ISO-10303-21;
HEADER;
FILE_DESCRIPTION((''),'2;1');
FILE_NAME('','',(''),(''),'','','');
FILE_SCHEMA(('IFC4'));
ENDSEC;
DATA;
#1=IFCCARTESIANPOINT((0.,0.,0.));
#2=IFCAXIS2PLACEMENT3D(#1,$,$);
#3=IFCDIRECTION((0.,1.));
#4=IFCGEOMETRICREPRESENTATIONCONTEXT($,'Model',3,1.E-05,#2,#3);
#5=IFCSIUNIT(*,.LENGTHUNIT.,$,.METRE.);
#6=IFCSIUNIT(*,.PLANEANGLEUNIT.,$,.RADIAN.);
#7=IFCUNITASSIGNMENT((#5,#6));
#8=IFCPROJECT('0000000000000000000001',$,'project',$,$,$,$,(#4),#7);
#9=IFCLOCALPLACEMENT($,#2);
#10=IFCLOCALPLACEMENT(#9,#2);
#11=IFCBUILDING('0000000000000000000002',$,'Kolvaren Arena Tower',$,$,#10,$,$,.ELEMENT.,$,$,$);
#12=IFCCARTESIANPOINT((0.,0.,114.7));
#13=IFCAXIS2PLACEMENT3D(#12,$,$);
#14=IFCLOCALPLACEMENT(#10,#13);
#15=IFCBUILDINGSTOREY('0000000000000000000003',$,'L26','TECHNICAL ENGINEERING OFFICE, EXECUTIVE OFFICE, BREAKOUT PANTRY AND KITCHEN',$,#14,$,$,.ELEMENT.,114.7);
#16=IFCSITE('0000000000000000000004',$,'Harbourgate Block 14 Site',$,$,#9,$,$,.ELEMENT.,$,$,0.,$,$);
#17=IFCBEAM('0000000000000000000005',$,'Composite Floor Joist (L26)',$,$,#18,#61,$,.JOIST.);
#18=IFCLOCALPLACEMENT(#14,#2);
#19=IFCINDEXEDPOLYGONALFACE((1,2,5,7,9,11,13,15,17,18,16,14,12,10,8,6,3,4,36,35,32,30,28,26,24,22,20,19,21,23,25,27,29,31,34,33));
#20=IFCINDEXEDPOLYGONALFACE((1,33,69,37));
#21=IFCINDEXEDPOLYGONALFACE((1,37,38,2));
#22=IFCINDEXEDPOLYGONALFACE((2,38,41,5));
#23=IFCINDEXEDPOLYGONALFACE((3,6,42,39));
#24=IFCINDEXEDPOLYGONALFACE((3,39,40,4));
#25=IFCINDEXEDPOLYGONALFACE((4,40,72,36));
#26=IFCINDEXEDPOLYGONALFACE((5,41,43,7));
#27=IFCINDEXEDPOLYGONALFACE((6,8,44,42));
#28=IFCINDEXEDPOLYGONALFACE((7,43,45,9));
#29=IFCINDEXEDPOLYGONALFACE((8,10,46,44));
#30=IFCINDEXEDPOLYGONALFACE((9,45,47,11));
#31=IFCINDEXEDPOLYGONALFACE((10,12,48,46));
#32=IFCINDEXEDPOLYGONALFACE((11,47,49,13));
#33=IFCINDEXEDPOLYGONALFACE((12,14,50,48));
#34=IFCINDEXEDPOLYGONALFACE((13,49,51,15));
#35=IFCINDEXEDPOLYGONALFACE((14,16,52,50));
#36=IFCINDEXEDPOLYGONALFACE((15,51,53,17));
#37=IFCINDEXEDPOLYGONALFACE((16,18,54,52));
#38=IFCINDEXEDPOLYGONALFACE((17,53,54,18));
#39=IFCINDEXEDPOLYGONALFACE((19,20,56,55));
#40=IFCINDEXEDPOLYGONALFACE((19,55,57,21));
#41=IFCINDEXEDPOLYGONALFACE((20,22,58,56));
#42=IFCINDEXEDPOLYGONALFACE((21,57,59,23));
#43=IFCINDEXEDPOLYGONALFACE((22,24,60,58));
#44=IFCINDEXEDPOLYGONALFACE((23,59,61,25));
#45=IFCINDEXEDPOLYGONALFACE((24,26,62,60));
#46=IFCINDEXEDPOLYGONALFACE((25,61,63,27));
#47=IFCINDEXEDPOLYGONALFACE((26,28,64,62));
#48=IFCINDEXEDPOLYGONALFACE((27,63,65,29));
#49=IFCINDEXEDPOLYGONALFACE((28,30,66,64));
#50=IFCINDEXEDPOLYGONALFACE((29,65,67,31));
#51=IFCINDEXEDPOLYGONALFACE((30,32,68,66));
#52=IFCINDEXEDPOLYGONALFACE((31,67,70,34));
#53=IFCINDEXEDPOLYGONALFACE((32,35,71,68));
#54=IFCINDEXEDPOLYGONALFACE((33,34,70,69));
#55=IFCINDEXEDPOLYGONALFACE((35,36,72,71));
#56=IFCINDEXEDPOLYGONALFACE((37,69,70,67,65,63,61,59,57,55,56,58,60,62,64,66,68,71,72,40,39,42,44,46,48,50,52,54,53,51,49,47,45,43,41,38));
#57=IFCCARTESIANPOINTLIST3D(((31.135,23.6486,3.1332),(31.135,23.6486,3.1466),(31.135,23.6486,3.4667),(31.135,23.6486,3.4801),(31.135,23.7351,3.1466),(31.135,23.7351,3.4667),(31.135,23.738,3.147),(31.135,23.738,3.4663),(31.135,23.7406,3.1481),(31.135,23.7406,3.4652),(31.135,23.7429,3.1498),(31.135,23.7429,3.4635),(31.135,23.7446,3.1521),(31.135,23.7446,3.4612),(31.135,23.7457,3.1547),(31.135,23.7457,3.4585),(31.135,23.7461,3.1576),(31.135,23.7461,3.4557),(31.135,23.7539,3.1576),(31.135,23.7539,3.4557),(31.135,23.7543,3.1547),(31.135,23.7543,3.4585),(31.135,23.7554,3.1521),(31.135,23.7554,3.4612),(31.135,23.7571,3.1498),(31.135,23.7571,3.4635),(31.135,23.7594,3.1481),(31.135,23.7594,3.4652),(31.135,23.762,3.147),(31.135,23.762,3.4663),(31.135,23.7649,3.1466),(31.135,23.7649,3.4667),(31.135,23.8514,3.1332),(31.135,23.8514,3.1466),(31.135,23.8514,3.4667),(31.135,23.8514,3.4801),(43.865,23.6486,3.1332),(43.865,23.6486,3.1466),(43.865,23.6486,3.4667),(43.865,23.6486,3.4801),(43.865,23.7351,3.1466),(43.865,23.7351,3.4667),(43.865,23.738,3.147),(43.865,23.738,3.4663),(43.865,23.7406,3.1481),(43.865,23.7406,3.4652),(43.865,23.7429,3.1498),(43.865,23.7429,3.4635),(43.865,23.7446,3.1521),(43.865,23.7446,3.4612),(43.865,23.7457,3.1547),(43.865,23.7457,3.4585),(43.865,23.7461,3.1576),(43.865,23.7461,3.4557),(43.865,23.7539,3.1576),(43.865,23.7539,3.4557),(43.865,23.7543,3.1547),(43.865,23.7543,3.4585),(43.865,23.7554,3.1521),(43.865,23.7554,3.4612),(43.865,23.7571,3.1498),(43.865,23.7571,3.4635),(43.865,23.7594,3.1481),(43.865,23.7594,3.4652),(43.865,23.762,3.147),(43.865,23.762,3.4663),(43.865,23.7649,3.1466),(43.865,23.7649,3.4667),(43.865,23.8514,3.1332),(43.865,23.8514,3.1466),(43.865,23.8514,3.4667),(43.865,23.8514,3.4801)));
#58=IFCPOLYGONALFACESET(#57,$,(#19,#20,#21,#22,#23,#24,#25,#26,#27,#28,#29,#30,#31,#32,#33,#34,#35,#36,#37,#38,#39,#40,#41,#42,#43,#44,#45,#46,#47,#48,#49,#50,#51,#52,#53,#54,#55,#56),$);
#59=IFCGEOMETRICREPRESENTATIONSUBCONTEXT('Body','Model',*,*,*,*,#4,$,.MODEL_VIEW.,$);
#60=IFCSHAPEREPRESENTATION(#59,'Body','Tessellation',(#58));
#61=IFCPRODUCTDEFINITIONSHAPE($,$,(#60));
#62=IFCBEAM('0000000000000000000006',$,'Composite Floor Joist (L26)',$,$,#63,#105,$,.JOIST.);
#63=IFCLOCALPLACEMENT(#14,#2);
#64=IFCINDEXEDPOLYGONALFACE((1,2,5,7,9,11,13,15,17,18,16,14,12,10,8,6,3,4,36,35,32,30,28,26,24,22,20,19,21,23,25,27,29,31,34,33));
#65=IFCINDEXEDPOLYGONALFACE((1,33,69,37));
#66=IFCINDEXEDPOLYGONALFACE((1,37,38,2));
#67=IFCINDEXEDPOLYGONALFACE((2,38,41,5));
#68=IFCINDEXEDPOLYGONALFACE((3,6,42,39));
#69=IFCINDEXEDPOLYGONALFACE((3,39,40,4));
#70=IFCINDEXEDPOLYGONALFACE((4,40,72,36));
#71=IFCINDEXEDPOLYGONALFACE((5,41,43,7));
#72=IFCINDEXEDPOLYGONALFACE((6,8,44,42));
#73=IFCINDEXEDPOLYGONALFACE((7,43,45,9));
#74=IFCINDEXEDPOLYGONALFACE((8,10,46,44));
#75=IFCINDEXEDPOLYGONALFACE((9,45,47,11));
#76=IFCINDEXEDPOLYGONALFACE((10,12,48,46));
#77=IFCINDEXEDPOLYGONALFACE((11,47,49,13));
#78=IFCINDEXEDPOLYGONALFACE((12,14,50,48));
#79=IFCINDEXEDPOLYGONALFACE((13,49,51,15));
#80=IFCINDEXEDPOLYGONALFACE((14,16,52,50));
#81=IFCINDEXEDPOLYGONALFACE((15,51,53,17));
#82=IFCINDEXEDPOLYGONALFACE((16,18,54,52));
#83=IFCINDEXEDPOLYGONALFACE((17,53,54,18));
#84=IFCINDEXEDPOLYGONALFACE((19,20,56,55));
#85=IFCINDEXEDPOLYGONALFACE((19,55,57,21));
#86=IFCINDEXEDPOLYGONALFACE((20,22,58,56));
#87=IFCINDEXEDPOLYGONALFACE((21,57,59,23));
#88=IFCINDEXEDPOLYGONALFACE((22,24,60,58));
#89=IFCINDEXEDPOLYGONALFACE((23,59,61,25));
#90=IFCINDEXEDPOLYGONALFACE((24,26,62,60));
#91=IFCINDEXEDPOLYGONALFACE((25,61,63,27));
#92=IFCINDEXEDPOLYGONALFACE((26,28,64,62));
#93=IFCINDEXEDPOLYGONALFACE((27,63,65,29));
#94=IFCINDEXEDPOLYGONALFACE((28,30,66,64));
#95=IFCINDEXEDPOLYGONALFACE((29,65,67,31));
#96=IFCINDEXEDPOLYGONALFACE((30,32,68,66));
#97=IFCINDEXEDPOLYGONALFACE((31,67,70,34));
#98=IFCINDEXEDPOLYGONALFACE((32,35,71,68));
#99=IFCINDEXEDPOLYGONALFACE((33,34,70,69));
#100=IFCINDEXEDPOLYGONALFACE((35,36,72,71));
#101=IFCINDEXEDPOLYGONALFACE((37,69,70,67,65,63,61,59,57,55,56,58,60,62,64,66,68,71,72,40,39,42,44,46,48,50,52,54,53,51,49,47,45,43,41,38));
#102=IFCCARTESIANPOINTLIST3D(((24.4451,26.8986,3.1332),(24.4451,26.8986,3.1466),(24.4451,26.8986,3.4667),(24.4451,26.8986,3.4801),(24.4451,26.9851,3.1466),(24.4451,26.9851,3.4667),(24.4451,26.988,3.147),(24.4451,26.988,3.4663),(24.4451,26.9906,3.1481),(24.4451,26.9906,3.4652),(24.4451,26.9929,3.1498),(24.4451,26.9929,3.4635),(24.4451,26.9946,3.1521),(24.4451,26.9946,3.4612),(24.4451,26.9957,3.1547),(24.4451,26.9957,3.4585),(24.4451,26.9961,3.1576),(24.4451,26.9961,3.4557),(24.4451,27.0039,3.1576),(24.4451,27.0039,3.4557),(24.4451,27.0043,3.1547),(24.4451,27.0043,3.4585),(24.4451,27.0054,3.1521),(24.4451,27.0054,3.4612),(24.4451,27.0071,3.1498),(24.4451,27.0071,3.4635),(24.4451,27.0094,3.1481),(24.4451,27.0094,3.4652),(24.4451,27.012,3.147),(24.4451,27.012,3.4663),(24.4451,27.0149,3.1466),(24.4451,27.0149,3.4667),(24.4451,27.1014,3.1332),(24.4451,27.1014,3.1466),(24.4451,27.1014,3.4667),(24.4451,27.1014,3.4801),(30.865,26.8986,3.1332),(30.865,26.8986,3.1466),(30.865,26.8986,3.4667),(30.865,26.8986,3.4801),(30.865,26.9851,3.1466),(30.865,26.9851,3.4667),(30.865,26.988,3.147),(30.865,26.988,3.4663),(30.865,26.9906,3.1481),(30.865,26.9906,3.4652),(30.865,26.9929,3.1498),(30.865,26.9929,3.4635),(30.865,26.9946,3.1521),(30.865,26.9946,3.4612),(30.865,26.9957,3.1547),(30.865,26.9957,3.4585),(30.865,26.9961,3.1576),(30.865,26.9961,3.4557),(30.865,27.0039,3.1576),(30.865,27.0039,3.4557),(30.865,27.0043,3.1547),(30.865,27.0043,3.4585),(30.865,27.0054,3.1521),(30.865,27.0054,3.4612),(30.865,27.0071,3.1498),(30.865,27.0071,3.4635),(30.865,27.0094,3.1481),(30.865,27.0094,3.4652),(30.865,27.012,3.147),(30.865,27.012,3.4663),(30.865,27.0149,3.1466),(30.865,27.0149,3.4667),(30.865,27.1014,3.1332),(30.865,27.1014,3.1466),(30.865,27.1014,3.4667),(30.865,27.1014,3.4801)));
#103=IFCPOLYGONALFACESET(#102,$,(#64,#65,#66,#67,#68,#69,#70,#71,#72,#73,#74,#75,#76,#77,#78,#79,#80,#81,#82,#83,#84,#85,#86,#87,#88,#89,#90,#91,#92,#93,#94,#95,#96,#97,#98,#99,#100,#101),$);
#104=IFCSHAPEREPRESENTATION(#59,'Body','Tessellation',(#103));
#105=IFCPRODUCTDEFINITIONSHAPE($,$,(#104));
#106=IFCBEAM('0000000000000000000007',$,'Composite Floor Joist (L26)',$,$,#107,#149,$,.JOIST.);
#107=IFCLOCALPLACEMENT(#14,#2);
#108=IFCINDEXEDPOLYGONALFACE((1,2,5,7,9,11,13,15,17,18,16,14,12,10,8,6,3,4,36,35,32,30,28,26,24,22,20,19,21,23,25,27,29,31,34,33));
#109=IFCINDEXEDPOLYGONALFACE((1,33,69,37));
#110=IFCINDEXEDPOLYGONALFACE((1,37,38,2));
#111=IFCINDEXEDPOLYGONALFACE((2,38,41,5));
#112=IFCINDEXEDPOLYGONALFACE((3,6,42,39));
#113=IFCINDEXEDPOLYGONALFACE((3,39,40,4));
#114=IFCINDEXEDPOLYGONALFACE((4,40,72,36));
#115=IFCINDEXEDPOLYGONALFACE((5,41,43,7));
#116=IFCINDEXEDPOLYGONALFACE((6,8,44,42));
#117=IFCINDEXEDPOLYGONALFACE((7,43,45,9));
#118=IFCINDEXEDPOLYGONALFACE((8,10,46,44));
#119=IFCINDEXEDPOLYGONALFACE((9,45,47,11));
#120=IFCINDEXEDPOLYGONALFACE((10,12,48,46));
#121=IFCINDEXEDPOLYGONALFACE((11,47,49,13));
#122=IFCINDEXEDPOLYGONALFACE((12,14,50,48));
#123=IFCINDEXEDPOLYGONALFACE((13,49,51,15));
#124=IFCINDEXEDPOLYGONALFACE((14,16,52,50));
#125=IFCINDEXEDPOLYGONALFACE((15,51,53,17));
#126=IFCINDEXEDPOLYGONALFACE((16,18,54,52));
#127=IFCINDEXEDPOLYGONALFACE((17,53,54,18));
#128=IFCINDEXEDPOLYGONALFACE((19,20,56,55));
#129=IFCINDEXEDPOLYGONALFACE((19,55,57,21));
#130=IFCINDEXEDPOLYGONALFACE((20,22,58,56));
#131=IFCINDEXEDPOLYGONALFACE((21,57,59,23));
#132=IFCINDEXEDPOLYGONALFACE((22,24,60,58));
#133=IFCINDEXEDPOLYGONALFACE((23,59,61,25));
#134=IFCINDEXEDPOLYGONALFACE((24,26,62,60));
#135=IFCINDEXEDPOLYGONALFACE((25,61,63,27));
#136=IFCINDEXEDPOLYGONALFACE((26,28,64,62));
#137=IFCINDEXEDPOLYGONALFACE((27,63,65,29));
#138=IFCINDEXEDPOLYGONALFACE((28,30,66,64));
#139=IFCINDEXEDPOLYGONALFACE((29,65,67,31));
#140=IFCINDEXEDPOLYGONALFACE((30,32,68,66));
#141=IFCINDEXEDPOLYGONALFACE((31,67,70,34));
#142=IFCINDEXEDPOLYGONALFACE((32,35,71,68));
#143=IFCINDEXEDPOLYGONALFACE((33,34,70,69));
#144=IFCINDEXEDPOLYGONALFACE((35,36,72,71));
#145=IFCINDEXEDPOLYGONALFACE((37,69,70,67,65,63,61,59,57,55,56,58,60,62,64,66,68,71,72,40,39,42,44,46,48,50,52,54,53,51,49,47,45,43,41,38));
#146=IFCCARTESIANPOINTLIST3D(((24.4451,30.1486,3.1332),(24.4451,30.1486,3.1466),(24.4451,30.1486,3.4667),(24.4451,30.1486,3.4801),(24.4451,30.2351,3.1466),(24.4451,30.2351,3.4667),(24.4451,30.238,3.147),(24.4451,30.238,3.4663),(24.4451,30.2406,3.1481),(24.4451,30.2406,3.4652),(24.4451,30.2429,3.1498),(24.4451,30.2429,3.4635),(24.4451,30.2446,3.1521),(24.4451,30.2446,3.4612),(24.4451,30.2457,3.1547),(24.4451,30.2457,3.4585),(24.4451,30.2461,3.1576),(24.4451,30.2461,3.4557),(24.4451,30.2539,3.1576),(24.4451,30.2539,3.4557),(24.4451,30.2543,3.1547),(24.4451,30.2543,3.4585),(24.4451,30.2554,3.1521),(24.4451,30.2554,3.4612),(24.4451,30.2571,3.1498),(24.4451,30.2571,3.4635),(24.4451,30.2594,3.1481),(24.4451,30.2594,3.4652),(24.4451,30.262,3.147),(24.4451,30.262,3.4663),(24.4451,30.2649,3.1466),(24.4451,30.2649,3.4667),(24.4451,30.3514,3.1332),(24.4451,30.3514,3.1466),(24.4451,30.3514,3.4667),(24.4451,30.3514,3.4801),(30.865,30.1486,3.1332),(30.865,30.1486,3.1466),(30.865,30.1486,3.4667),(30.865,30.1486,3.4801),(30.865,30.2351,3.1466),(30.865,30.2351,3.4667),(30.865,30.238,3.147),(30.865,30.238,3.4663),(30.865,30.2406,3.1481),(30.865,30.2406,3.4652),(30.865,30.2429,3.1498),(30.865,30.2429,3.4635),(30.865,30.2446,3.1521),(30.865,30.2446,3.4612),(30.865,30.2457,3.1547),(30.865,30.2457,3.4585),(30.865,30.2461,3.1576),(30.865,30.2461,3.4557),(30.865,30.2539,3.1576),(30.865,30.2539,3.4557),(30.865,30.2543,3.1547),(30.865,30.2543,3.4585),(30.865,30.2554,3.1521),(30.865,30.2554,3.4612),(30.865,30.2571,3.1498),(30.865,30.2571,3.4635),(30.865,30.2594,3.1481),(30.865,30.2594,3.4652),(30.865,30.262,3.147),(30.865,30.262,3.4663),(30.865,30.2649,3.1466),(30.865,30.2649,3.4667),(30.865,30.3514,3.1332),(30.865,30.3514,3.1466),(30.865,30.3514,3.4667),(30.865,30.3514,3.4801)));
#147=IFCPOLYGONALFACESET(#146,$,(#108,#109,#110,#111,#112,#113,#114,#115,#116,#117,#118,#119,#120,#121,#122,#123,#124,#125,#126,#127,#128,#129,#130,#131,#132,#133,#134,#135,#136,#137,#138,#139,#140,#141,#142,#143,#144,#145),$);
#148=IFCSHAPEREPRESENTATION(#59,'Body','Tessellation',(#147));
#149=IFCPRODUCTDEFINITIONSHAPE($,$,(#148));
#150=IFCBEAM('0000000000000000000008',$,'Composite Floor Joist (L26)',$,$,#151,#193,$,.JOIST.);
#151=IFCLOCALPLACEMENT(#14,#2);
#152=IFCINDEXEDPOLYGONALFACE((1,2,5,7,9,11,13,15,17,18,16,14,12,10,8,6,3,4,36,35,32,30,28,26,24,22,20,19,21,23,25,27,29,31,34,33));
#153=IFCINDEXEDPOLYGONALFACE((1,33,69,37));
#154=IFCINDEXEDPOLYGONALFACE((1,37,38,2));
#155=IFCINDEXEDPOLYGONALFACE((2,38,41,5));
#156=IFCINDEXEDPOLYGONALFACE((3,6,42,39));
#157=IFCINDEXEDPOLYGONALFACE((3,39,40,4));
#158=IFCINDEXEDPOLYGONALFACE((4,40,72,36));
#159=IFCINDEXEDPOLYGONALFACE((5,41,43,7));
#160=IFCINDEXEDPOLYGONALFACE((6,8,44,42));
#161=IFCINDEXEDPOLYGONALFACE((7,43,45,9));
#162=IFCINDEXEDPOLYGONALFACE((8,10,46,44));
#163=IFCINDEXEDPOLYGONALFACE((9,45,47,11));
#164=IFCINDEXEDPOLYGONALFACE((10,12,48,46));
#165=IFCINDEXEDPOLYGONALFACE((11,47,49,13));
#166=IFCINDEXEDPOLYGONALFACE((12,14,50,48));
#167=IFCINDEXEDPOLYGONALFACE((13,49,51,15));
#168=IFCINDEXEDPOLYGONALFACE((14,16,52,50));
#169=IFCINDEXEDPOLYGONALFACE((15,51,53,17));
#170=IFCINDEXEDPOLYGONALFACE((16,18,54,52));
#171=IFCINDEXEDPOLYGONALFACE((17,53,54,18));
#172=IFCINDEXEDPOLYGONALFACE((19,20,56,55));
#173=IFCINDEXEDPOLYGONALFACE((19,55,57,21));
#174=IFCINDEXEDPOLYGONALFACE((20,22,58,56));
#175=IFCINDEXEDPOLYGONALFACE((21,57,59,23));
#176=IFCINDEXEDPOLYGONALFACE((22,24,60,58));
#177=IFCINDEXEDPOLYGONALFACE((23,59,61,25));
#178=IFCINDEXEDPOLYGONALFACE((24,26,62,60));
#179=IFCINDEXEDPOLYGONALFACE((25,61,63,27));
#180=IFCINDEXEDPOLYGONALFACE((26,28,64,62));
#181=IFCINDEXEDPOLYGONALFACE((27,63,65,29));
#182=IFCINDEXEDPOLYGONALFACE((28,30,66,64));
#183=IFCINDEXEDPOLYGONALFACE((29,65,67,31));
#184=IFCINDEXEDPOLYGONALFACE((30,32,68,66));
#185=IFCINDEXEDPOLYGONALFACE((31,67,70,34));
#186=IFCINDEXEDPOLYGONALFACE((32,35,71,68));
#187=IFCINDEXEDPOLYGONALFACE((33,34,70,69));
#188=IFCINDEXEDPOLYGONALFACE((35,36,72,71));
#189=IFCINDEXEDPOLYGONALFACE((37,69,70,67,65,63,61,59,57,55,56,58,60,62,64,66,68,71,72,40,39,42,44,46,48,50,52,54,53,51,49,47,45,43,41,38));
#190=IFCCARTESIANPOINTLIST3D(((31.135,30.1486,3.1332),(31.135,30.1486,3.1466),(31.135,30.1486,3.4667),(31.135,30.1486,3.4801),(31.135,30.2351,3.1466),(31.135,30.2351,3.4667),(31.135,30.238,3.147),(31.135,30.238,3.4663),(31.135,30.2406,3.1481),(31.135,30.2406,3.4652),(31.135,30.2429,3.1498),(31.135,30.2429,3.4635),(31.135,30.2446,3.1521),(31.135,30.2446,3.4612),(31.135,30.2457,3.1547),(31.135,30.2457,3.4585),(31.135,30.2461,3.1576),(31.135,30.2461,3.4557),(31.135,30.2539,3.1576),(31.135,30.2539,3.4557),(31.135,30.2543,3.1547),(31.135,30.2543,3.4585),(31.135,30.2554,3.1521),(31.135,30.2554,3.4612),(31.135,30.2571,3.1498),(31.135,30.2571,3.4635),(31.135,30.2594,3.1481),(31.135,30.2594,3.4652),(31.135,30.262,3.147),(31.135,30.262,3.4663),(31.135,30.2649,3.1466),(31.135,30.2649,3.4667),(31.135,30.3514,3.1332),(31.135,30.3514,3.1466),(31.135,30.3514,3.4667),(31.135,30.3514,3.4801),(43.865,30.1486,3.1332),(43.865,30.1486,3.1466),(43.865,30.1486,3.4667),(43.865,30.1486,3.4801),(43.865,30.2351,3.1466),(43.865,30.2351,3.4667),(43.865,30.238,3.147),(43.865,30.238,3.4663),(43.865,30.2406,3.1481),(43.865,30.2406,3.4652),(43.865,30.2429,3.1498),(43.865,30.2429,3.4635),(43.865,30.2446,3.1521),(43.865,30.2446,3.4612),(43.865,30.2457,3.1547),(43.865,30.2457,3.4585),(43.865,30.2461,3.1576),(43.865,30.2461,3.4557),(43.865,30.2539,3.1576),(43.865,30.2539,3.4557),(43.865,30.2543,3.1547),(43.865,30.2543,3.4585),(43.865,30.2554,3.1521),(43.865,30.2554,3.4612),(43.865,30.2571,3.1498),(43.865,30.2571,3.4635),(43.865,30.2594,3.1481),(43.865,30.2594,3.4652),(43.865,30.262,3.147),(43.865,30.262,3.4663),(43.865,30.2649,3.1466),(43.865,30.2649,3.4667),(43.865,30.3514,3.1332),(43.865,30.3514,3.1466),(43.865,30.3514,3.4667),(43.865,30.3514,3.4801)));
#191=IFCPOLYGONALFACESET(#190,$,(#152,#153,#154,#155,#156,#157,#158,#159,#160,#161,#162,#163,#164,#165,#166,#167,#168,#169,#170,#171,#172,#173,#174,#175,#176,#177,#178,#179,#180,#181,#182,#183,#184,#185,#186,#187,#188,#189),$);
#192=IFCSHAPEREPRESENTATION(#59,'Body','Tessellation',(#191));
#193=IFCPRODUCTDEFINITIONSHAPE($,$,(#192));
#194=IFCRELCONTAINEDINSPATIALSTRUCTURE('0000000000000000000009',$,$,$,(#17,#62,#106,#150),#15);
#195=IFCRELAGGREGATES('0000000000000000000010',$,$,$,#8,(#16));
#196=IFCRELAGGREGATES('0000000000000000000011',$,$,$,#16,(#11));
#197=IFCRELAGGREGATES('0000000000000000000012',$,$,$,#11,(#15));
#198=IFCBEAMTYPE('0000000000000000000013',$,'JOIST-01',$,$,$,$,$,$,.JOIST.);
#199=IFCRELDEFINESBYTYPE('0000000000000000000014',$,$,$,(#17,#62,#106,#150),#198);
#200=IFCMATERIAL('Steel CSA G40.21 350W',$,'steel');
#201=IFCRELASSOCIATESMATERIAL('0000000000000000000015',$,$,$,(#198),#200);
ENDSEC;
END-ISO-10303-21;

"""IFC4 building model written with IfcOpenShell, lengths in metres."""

from ifc_helpers import new_model, si_unit, direction, frame, origin, origin_2d, place, context, subcontext, project, spatial, i_section, extrude, material, material_profile, profile_set, type_object, element, save


model = new_model("IFC4")

# Units and contexts
model_context = context("Model", 3, precision=1e-05, world=origin(), true_north=direction((0.0, 1.0)))
body_context = subcontext(model_context, "Body", "Model", "MODEL_VIEW")
ifc_project = project(units=[si_unit("LENGTHUNIT", "METRE"), si_unit("PLANEANGLEUNIT", "RADIAN")], contexts=[model_context])

# Site, building, storey
site_placement = place(None, origin())
site = spatial("IfcSite", under=ifc_project, at=site_placement, Name="Harbourgate Block 14 Site", CompositionType="ELEMENT", RefElevation=0.0)
building_placement = place(site_placement, origin())
building = spatial("IfcBuilding", under=site, at=building_placement, Name="Kolvaren Arena Tower", CompositionType="ELEMENT")
storey_placement = place(building_placement, frame((0.0, 0.0, 114.7)))
storey = spatial("IfcBuildingStorey", under=building, at=storey_placement, Name="L26", Description="TECHNICAL ENGINEERING OFFICE, EXECUTIVE OFFICE, BREAKOUT PANTRY AND KITCHEN", CompositionType="ELEMENT", Elevation=114.7)

# Beams
ifc_material_1 = material(Name="Steel CSA G40.21 350W", Category="steel")
ifc_material_profile_1 = material_profile(ifc_material_1, i_section(OverallWidth=0.2029, OverallDepth=0.3469, WebThickness=0.0078, FlangeThickness=0.0134, FilletRadius=0.011, at=origin_2d()), Name="W360x64")
ifc_profile_set_1 = profile_set([ifc_material_profile_1], Name="Steel CSA G40.21 350W")
beam_type_1 = type_object("IfcBeamType", Name="JOIST-01", PredefinedType="JOIST", material=ifc_profile_set_1)
beam_1_placement = place(storey_placement, frame((31.135, 23.75, 3.3066), z_axis=(1.0, 0.0, 0.0), x_axis=(0.0, 1.0, 0.0)))
element("IfcBeam", 1, at=beam_1_placement, inside=storey, type_object=beam_type_1, Name="Composite Floor Joist (L26)", PredefinedType="JOIST", context=body_context, shape_type="SweptSolid", body=[
    extrude(i_section(OverallWidth=0.2029, OverallDepth=0.3469, WebThickness=0.0078, FlangeThickness=0.0134, FilletRadius=0.011, at=origin_2d()), origin(), (0.0, 0.0, 1.0), 12.73),
])
for number, where, z_axis, x_axis, name in (
    (2, (24.4451, 27.0, 3.3066), (1.0, 0.0, 0.0), (0.0, 1.0, 0.0), "Composite Floor Joist (L26)"),
    (3, (24.4451, 30.25, 3.3066), (1.0, 0.0, 0.0), (0.0, 1.0, 0.0), "Composite Floor Joist (L26)"),
):
    element("IfcBeam", number, at=place(storey_placement, frame(where, z_axis=z_axis, x_axis=x_axis)), inside=storey, type_object=beam_type_1, Name=name, PredefinedType="JOIST", context=body_context, shape_type="SweptSolid", body=[
        extrude(i_section(OverallWidth=0.2029, OverallDepth=0.3469, WebThickness=0.0078, FlangeThickness=0.0134, FilletRadius=0.011, at=origin_2d()), origin(), (0.0, 0.0, 1.0), 6.4199),
    ])
beam_2_placement = place(storey_placement, frame((31.135, 30.25, 3.3066), z_axis=(1.0, 0.0, 0.0), x_axis=(0.0, 1.0, 0.0)))
element("IfcBeam", 4, at=beam_2_placement, inside=storey, type_object=beam_type_1, Name="Composite Floor Joist (L26)", PredefinedType="JOIST", context=body_context, shape_type="SweptSolid", body=[
    extrude(i_section(OverallWidth=0.2029, OverallDepth=0.3469, WebThickness=0.0078, FlangeThickness=0.0134, FilletRadius=0.011, at=origin_2d()), origin(), (0.0, 0.0, 1.0), 12.73),
])

save(model, "model.ifc")
